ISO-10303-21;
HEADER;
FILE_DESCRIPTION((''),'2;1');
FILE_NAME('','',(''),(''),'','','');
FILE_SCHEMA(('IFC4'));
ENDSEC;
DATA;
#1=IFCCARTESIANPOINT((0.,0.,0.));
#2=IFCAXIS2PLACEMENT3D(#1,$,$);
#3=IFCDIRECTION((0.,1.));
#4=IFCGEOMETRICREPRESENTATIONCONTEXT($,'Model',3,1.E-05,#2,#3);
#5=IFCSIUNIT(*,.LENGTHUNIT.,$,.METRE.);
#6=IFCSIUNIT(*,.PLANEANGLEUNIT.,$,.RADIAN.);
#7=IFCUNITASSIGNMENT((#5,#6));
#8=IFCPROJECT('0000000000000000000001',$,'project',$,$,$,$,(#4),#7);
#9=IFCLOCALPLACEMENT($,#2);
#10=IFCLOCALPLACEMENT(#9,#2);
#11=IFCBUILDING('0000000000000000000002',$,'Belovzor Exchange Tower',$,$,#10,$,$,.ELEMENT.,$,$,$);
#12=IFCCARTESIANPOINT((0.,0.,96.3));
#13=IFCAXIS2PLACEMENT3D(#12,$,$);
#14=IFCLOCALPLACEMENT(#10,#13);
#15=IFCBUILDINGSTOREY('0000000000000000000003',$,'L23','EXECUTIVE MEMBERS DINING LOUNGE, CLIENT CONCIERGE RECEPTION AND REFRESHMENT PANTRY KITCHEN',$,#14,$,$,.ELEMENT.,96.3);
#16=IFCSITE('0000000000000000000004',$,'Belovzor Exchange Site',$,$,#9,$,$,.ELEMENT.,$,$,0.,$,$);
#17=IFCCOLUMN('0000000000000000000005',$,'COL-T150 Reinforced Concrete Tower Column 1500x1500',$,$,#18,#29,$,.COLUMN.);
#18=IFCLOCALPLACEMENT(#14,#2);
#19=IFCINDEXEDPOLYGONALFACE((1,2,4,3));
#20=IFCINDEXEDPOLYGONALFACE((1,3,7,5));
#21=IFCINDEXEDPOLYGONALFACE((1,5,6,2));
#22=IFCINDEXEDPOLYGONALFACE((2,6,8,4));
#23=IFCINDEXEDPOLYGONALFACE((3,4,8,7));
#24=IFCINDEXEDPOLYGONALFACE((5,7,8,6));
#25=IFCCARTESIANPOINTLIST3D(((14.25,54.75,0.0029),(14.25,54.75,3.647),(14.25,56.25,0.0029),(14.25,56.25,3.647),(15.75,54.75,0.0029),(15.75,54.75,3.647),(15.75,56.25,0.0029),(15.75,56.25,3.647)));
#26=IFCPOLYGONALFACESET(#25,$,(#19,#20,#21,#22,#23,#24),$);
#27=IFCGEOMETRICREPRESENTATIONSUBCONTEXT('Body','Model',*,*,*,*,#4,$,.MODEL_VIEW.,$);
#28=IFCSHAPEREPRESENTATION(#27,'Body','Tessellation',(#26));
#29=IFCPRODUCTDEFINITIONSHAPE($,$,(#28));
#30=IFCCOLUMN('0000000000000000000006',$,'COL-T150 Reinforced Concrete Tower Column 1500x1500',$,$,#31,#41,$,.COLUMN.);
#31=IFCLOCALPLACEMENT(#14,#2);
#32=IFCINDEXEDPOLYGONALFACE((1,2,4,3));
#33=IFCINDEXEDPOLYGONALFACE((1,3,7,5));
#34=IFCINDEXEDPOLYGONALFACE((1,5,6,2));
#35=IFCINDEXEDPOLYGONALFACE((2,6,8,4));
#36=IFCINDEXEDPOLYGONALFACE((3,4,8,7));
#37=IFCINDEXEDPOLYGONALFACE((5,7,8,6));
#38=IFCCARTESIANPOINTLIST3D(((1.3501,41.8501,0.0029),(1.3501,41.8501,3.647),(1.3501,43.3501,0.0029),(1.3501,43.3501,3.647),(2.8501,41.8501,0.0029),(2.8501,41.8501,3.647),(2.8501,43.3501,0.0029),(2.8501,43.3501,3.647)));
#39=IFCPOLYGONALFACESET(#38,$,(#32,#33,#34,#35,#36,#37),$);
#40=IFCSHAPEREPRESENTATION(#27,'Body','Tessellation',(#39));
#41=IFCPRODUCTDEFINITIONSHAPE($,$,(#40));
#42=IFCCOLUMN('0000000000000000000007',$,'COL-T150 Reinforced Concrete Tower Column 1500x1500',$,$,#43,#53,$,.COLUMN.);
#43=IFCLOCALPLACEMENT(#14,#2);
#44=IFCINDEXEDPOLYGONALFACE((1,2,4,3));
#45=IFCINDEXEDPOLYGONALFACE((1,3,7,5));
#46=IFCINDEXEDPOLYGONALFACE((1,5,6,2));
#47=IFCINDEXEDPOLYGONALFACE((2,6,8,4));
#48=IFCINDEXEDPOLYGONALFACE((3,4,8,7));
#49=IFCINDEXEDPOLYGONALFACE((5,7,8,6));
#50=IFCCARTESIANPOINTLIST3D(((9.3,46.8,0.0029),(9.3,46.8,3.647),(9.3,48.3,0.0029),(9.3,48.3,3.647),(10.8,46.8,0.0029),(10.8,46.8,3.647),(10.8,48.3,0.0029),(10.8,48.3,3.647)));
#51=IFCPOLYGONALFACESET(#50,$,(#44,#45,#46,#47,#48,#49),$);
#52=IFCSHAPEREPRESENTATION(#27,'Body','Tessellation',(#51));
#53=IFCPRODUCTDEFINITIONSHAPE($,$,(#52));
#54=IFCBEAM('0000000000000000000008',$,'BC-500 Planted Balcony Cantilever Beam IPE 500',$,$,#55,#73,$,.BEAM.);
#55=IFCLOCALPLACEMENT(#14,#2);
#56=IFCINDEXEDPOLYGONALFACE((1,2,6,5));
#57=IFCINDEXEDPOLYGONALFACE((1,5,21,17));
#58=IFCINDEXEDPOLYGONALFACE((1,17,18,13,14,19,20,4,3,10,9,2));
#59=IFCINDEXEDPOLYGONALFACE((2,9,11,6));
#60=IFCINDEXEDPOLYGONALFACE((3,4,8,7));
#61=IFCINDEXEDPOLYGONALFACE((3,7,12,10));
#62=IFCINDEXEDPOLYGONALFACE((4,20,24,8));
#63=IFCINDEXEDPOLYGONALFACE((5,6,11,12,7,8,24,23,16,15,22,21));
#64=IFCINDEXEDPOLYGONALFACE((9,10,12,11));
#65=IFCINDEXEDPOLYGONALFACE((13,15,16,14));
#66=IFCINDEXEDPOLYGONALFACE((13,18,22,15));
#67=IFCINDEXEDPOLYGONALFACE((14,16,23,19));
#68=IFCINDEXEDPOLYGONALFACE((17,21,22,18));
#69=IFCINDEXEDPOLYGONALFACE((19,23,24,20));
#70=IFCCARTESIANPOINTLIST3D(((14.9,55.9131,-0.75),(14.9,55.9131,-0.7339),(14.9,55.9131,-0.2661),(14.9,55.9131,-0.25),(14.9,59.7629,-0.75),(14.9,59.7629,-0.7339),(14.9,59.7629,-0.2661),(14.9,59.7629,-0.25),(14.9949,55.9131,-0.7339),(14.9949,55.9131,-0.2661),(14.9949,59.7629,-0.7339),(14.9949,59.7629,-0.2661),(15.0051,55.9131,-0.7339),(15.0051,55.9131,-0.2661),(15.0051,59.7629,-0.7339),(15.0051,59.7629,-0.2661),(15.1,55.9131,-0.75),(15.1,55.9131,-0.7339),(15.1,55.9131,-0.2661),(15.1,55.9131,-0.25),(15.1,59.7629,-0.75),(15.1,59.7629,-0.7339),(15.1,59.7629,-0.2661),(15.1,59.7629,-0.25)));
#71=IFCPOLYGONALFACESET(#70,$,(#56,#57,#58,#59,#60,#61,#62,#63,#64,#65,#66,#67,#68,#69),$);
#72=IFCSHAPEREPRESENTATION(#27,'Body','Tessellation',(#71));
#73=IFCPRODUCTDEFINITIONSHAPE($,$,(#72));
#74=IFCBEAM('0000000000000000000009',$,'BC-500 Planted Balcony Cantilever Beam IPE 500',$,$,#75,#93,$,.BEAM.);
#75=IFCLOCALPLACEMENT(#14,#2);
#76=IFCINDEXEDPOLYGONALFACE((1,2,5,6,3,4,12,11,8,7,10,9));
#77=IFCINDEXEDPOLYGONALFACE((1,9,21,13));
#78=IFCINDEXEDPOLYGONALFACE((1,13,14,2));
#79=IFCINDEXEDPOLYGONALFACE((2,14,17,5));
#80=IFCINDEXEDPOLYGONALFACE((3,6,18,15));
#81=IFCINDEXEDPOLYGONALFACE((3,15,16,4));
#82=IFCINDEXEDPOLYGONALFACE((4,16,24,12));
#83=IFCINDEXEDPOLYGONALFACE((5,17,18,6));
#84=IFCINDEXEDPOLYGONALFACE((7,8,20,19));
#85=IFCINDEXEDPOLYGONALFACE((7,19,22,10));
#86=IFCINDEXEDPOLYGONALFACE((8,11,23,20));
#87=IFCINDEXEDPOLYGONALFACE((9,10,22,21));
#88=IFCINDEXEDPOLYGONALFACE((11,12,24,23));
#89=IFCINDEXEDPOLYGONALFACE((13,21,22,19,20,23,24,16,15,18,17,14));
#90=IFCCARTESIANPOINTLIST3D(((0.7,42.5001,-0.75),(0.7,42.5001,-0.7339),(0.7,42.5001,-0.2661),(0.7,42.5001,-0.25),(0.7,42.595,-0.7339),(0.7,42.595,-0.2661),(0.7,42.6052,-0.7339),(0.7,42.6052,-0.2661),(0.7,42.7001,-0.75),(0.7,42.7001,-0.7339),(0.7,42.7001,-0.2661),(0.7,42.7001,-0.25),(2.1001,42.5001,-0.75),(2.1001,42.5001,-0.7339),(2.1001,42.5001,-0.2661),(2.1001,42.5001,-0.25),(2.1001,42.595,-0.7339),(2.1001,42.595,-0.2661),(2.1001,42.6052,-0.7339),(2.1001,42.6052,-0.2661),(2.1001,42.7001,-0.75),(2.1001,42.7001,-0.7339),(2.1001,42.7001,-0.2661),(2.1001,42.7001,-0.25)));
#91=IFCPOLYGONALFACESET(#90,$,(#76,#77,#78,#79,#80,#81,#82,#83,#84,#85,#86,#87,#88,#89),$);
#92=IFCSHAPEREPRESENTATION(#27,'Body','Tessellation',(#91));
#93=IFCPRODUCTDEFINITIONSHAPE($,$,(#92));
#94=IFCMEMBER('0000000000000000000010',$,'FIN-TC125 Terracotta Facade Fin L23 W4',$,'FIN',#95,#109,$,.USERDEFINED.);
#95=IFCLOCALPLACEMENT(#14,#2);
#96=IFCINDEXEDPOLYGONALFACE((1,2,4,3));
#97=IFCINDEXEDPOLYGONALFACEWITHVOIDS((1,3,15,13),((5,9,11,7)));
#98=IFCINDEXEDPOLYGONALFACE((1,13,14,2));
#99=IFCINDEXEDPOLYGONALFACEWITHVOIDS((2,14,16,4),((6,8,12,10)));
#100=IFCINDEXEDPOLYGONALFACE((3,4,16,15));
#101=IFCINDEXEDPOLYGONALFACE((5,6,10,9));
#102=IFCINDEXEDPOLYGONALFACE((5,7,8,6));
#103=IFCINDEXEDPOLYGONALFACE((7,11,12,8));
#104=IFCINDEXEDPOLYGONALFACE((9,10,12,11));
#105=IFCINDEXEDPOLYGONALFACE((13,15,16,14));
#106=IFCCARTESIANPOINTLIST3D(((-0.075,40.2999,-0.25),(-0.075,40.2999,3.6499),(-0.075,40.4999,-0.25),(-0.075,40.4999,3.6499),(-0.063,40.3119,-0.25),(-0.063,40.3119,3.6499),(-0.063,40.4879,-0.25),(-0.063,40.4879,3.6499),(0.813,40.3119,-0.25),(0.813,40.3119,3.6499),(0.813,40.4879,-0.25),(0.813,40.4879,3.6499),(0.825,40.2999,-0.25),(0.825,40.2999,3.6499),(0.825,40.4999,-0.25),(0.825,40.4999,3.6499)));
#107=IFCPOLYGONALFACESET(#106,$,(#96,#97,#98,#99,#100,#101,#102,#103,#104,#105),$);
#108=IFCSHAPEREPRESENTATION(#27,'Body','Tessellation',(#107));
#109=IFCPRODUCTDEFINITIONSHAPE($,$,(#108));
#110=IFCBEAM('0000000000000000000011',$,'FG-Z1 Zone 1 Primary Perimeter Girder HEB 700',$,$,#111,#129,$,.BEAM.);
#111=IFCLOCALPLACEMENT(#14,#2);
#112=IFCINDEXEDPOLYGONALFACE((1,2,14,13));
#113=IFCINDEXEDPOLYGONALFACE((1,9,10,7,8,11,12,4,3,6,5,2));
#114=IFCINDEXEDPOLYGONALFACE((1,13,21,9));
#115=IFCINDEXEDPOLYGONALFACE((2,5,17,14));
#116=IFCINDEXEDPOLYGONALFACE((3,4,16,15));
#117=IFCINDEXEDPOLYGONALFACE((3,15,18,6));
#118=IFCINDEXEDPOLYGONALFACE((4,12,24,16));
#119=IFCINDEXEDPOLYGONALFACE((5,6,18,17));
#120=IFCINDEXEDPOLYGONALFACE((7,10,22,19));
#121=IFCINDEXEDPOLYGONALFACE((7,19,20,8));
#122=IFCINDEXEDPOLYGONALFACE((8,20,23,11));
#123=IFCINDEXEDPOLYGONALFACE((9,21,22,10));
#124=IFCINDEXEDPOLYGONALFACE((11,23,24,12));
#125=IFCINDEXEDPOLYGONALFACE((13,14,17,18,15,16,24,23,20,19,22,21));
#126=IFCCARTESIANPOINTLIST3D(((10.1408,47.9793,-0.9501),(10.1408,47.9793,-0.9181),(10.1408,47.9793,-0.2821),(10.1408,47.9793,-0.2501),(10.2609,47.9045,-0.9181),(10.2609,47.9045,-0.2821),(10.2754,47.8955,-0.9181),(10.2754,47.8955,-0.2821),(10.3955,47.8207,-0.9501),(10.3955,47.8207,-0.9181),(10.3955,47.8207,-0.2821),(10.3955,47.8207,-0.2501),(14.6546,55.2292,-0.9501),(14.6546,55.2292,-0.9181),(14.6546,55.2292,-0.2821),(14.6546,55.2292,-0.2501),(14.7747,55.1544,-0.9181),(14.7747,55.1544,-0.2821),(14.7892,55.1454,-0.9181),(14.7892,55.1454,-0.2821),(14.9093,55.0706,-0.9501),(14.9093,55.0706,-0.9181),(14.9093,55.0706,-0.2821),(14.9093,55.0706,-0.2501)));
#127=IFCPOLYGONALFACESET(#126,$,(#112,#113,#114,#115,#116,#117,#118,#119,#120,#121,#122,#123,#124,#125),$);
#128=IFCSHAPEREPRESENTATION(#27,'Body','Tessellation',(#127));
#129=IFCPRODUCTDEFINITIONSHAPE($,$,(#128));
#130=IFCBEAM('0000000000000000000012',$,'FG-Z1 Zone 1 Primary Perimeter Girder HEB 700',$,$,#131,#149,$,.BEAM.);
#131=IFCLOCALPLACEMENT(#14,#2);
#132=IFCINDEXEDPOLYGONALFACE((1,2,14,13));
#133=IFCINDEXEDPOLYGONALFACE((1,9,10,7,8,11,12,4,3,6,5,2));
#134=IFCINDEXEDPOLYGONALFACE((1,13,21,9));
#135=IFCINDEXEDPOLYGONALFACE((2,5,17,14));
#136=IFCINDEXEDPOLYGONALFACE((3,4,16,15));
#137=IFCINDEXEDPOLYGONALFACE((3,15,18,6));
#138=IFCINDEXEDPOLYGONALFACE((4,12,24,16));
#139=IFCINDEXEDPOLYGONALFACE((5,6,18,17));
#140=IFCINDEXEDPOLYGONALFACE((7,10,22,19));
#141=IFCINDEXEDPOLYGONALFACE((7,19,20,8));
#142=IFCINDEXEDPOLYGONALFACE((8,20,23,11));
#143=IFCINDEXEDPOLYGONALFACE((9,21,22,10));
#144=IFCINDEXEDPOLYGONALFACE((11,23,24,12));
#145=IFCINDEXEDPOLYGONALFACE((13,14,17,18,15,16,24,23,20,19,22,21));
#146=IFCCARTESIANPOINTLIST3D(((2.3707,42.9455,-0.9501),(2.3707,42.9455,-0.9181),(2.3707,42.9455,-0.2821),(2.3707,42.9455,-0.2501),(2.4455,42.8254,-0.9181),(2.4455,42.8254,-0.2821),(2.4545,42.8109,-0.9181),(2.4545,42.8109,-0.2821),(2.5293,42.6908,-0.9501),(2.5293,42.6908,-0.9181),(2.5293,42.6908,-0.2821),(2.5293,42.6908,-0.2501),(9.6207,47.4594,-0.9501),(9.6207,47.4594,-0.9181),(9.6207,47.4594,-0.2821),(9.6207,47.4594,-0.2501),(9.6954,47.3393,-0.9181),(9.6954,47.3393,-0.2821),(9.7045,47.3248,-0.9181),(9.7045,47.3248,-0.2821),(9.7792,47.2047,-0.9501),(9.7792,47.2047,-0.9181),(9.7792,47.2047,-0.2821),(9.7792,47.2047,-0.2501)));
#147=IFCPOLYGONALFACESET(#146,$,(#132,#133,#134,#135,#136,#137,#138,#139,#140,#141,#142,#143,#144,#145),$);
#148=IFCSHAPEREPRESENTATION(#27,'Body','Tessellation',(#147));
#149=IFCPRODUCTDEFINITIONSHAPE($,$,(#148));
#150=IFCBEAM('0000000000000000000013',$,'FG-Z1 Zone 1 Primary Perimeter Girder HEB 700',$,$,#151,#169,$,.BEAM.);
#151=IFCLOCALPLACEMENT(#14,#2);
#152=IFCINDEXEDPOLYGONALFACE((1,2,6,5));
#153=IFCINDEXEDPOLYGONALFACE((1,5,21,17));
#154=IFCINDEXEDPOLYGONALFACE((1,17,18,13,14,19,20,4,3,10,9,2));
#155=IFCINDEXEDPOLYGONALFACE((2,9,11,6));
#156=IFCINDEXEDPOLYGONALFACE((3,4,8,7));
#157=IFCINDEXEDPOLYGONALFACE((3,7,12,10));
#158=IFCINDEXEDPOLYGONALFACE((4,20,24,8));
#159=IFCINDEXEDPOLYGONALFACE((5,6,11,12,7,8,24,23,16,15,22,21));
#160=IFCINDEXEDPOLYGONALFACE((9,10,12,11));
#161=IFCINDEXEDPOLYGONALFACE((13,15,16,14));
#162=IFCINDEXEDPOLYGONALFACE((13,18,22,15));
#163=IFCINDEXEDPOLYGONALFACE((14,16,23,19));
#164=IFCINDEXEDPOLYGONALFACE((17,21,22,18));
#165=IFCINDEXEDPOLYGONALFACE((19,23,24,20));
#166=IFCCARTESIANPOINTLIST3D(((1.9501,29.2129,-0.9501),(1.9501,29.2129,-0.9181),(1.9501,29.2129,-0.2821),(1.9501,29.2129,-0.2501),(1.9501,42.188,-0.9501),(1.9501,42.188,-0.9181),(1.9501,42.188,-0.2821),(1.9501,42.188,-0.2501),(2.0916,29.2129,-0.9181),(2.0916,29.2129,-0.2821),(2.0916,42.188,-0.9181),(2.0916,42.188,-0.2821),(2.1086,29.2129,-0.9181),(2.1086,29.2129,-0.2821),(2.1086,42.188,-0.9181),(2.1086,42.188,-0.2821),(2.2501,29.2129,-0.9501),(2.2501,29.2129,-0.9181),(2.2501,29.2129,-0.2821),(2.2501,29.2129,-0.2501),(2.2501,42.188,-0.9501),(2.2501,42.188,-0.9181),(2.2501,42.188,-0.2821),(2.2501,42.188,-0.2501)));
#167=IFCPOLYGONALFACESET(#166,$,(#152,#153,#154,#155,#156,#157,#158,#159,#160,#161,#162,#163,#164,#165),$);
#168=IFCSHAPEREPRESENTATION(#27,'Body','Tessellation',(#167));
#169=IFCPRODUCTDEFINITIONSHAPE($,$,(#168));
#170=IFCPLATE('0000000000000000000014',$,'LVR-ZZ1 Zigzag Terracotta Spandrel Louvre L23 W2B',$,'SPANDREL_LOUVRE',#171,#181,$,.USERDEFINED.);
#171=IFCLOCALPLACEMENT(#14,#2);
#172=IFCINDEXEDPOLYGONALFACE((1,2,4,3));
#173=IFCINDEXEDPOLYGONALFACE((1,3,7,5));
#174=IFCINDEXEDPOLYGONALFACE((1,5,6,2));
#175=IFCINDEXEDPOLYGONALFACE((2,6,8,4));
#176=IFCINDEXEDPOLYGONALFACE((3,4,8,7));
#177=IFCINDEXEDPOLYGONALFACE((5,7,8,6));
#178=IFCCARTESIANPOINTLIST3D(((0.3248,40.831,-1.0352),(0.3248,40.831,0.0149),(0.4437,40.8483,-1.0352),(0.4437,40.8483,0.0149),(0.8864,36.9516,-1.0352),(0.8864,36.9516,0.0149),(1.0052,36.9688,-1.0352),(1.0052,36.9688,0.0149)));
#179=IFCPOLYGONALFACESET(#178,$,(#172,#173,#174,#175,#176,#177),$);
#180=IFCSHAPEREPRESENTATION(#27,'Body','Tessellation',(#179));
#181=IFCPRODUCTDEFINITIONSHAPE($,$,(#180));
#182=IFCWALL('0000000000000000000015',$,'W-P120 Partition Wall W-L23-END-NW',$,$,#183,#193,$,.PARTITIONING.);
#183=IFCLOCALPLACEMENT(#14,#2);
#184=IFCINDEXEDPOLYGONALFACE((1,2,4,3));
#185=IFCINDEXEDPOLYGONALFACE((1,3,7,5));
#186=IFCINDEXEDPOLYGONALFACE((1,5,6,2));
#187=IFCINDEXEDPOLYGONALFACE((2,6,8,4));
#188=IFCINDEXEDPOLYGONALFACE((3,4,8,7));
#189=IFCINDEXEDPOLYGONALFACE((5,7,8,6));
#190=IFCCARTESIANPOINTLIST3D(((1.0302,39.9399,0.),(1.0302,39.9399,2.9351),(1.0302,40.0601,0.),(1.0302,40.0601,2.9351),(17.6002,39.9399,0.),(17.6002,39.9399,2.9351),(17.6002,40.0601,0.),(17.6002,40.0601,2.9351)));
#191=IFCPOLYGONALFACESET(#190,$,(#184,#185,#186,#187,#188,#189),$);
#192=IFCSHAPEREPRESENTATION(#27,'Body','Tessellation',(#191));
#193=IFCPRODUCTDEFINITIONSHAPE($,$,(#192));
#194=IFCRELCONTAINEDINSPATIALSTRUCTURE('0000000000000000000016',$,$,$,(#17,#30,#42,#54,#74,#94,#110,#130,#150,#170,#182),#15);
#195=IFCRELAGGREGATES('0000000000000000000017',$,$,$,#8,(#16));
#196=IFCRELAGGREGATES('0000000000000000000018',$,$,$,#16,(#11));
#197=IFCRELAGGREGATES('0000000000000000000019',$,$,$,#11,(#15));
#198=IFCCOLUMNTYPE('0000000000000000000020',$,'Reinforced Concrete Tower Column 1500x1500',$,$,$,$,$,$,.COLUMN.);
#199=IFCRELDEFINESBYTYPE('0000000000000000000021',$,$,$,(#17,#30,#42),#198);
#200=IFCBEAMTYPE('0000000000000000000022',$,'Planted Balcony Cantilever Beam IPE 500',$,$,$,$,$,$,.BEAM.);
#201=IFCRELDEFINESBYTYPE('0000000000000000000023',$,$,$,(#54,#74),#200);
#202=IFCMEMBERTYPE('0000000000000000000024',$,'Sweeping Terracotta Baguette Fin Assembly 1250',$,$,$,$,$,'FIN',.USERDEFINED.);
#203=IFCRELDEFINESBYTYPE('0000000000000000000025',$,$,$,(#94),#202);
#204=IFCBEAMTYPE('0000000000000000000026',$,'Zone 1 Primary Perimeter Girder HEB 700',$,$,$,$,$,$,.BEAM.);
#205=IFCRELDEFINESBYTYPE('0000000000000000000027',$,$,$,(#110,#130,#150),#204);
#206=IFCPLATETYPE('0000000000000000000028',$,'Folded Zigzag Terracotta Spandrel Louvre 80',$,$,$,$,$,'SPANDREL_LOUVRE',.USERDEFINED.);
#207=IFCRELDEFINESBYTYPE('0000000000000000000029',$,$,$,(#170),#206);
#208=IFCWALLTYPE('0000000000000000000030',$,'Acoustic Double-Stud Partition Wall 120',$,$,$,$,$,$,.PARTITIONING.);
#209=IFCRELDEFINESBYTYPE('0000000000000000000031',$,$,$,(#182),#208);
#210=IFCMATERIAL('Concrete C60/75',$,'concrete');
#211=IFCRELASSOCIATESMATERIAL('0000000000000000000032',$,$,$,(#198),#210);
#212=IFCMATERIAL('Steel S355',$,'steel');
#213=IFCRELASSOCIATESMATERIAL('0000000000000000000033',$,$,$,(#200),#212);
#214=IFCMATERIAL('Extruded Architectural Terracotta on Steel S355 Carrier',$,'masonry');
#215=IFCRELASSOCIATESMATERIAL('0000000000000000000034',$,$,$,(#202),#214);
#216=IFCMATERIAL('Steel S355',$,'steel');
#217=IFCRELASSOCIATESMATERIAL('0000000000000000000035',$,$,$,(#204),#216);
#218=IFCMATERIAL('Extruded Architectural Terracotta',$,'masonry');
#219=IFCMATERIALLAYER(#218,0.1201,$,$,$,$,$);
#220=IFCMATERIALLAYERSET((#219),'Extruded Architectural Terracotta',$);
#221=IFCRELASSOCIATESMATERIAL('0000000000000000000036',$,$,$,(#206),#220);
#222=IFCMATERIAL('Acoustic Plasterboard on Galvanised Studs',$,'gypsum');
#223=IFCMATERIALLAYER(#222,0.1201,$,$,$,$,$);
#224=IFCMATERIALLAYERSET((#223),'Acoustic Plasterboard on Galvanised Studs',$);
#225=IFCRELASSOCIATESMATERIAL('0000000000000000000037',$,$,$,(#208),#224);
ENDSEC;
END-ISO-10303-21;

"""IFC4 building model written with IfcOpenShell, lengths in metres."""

from ifc_helpers import new_model, si_unit, direction, frame, frame_2d, origin, origin_2d, place, context, subcontext, project, spatial, rectangle, hollow_rectangle, i_section, extrude, material, layer, layer_set, material_profile, profile_set, type_object, element, save


model = new_model("IFC4")

# Units and contexts
model_context = context("Model", 3, precision=1e-05, world=origin(), true_north=direction((0.0, 1.0)))
body_context = subcontext(model_context, "Body", "Model", "MODEL_VIEW")
ifc_project = project(units=[si_unit("LENGTHUNIT", "METRE"), si_unit("PLANEANGLEUNIT", "RADIAN")], contexts=[model_context])

# Site, building, storey
site_placement = place(None, origin())
site = spatial("IfcSite", under=ifc_project, at=site_placement, Name="Belovzor Exchange Site", CompositionType="ELEMENT", RefElevation=0.0)
building_placement = place(site_placement, origin())
building = spatial("IfcBuilding", under=site, at=building_placement, Name="Belovzor Exchange Tower", CompositionType="ELEMENT")
storey_placement = place(building_placement, frame((0.0, 0.0, 96.3)))
storey = spatial("IfcBuildingStorey", under=building, at=storey_placement, Name="L23", Description="EXECUTIVE MEMBERS DINING LOUNGE, CLIENT CONCIERGE RECEPTION AND REFRESHMENT PANTRY KITCHEN", CompositionType="ELEMENT", Elevation=96.3)

# Columns
ifc_material_1 = material(Name="Concrete C60/75", Category="concrete")
ifc_material_profile_1 = material_profile(ifc_material_1, rectangle(XDim=1.5, YDim=1.5, at=origin_2d()))
ifc_profile_set_1 = profile_set([ifc_material_profile_1], Name="Concrete C60/75")
column_type = type_object("IfcColumnType", Name="Reinforced Concrete Tower Column 1500x1500", PredefinedType="COLUMN", material=ifc_profile_set_1)
for number, where, z_axis, x_axis, name in (
    (1, (15.0, 55.5, 0.0029), (0.0, 0.0, 1.0), (1.0, 0.0, 0.0), "COL-T150 Reinforced Concrete Tower Column 1500x1500"),
    (2, (2.1001, 42.6001, 0.0029), (0.0, 0.0, 1.0), (1.0, 0.0, 0.0), "COL-T150 Reinforced Concrete Tower Column 1500x1500"),
    (3, (10.05, 47.55, 0.0029), (0.0, 0.0, 1.0), (1.0, 0.0, 0.0), "COL-T150 Reinforced Concrete Tower Column 1500x1500"),
):
    element("IfcColumn", number, at=place(storey_placement, frame(where, z_axis=z_axis, x_axis=x_axis)), inside=storey, type_object=column_type, Name=name, PredefinedType="COLUMN", context=body_context, shape_type="SweptSolid", body=[
        extrude(rectangle(XDim=1.5, YDim=1.5, at=origin_2d()), origin(), (0.0, 0.0, 1.0), 3.644),
    ])

# Beams
ifc_material_2 = material(Name="Steel S355", Category="steel")
ifc_material_profile_2 = material_profile(ifc_material_2, i_section(OverallWidth=0.2, OverallDepth=0.5, WebThickness=0.0103, FlangeThickness=0.0161, at=origin_2d()))
ifc_profile_set_2 = profile_set([ifc_material_profile_2], Name="Steel S355")
beam_type_1 = type_object("IfcBeamType", Name="Planted Balcony Cantilever Beam IPE 500", PredefinedType="BEAM", material=ifc_profile_set_2)
beam_1_placement = place(storey_placement, frame((15.0, 55.9131, -0.5), z_axis=(0.0, 1.0, 0.0), x_axis=(-1.0, 0.0, 0.0)))
element("IfcBeam", 4, at=beam_1_placement, inside=storey, type_object=beam_type_1, Name="BC-500 Planted Balcony Cantilever Beam IPE 500", PredefinedType="BEAM", context=body_context, shape_type="SweptSolid", body=[
    extrude(i_section(OverallWidth=0.2, OverallDepth=0.5, WebThickness=0.0103, FlangeThickness=0.0161, at=origin_2d()), origin(), (0.0, 0.0, 1.0), 3.8499),
])
beam_2_placement = place(storey_placement, frame((2.1001, 42.6001, -0.5), z_axis=(-1.0, 0.0, 0.0), x_axis=(0.0, -1.0, 0.0)))
element("IfcBeam", 5, at=beam_2_placement, inside=storey, type_object=beam_type_1, Name="BC-500 Planted Balcony Cantilever Beam IPE 500", PredefinedType="BEAM", context=body_context, shape_type="SweptSolid", body=[
    extrude(i_section(OverallWidth=0.2, OverallDepth=0.5, WebThickness=0.0103, FlangeThickness=0.0161, at=origin_2d()), origin(), (0.0, 0.0, 1.0), 1.4001),
])

# Member
ifc_material_3 = material(Name="Extruded Architectural Terracotta on Steel S355 Carrier", Category="masonry")
ifc_material_profile_3 = material_profile(ifc_material_3, hollow_rectangle(XDim=0.2, YDim=0.8999, WallThickness=0.012, at=origin_2d()))
ifc_profile_set_3 = profile_set([ifc_material_profile_3], Name="Extruded Architectural Terracotta on Steel S355 Carrier")
member_type = type_object("IfcMemberType", Name="Sweeping Terracotta Baguette Fin Assembly 1250", ElementType="FIN", PredefinedType="USERDEFINED", material=ifc_profile_set_3)
member_placement = place(storey_placement, frame((0.375, 40.3999, -0.25), z_axis=(0.0, 0.0, 1.0), x_axis=(0.0, 1.0, 0.0)))
element("IfcMember", 6, at=member_placement, inside=storey, type_object=member_type, Name="FIN-TC125 Terracotta Facade Fin L23 W4", ObjectType="FIN", PredefinedType="USERDEFINED", context=body_context, shape_type="SweptSolid", body=[
    extrude(hollow_rectangle(XDim=0.2, YDim=0.8999, WallThickness=0.012, at=origin_2d()), origin(), (0.0, 0.0, 1.0), 3.8999),
])

# Beams
ifc_material_4 = material(Name="Steel S355", Category="steel")
ifc_material_profile_4 = material_profile(ifc_material_4, i_section(OverallWidth=0.3, OverallDepth=0.7, WebThickness=0.0171, FlangeThickness=0.032, at=origin_2d()))
ifc_profile_set_4 = profile_set([ifc_material_profile_4], Name="Steel S355")
beam_type_2 = type_object("IfcBeamType", Name="Zone 1 Primary Perimeter Girder HEB 700", PredefinedType="BEAM", material=ifc_profile_set_4)
for number, where, z_axis, x_axis, name in (
    (7, (14.782, 55.1499, -0.6001), (-0.528539, -0.848909, 0.0), (0.848909, -0.528539, 0.0), "FG-Z1 Zone 1 Primary Perimeter Girder HEB 700"),
    (8, (9.7, 47.332, -0.6001), (-0.848909, -0.528539, 0.0), (0.528539, -0.848909, 0.0), "FG-Z1 Zone 1 Primary Perimeter Girder HEB 700"),
):
    element("IfcBeam", number, at=place(storey_placement, frame(where, z_axis=z_axis, x_axis=x_axis)), inside=storey, type_object=beam_type_2, Name=name, PredefinedType="BEAM", context=body_context, shape_type="SweptSolid", body=[
        extrude(i_section(OverallWidth=0.3, OverallDepth=0.7, WebThickness=0.0171, FlangeThickness=0.032, at=origin_2d()), origin(), (0.0, 0.0, 1.0), 8.5403),
    ])
beam_3_placement = place(storey_placement, frame((2.1001, 42.188, -0.6001), z_axis=(0.0, -1.0, 0.0), x_axis=(1.0, 0.0, 0.0)))
element("IfcBeam", 9, at=beam_3_placement, inside=storey, type_object=beam_type_2, Name="FG-Z1 Zone 1 Primary Perimeter Girder HEB 700", PredefinedType="BEAM", context=body_context, shape_type="SweptSolid", body=[
    extrude(i_section(OverallWidth=0.3, OverallDepth=0.7, WebThickness=0.0171, FlangeThickness=0.032, at=origin_2d()), origin(), (0.0, 0.0, 1.0), 12.9751),
])

# Plate
ifc_material_5 = material(Name="Extruded Architectural Terracotta", Category="masonry")
ifc_layer_1 = layer(ifc_material_5, 0.1201)
ifc_layer_set_1 = layer_set([ifc_layer_1], Name="Extruded Architectural Terracotta")
plate_type = type_object("IfcPlateType", Name="Folded Zigzag Terracotta Spandrel Louvre 80", ElementType="SPANDREL_LOUVRE", PredefinedType="USERDEFINED", material=ifc_layer_set_1)
plate_placement = place(storey_placement, frame((0.665, 38.8999, -1.0352), z_axis=(0.0, 0.0, 1.0), x_axis=(-0.143251, 0.989686, 0.0)))
element("IfcPlate", 10, at=plate_placement, inside=storey, type_object=plate_type, Name="LVR-ZZ1 Zigzag Terracotta Spandrel Louvre L23 W2B", ObjectType="SPANDREL_LOUVRE", PredefinedType="USERDEFINED", context=body_context, shape_type="SweptSolid", body=[
    extrude(rectangle(XDim=3.9199, YDim=0.1201, at=origin_2d()), origin(), (0.0, 0.0, 1.0), 1.05),
])

# Wall
ifc_material_6 = material(Name="Acoustic Plasterboard on Galvanised Studs", Category="gypsum")
ifc_layer_2 = layer(ifc_material_6, 0.1201)
ifc_layer_set_2 = layer_set([ifc_layer_2], Name="Acoustic Plasterboard on Galvanised Studs")
wall_type_1 = type_object("IfcWallType", Name="Acoustic Double-Stud Partition Wall 120", PredefinedType="PARTITIONING", material=ifc_layer_set_2)
wall_1_placement = place(storey_placement, frame((1.03, 40.0, 0.0), z_axis=(0.0, 0.0, 1.0), x_axis=(1.0, 0.0, 0.0)))
element("IfcWall", 11, at=wall_1_placement, inside=storey, type_object=wall_type_1, Name="W-P120 Partition Wall W-L23-END-NW", PredefinedType="PARTITIONING", context=body_context, shape_type="SweptSolid", body=[
    extrude(rectangle(XDim=16.5701, YDim=0.1201, at=frame_2d((8.2852, 0.0))), origin(), (0.0, 0.0, 1.0), 2.9351),
])

save(model, "model.ifc")
